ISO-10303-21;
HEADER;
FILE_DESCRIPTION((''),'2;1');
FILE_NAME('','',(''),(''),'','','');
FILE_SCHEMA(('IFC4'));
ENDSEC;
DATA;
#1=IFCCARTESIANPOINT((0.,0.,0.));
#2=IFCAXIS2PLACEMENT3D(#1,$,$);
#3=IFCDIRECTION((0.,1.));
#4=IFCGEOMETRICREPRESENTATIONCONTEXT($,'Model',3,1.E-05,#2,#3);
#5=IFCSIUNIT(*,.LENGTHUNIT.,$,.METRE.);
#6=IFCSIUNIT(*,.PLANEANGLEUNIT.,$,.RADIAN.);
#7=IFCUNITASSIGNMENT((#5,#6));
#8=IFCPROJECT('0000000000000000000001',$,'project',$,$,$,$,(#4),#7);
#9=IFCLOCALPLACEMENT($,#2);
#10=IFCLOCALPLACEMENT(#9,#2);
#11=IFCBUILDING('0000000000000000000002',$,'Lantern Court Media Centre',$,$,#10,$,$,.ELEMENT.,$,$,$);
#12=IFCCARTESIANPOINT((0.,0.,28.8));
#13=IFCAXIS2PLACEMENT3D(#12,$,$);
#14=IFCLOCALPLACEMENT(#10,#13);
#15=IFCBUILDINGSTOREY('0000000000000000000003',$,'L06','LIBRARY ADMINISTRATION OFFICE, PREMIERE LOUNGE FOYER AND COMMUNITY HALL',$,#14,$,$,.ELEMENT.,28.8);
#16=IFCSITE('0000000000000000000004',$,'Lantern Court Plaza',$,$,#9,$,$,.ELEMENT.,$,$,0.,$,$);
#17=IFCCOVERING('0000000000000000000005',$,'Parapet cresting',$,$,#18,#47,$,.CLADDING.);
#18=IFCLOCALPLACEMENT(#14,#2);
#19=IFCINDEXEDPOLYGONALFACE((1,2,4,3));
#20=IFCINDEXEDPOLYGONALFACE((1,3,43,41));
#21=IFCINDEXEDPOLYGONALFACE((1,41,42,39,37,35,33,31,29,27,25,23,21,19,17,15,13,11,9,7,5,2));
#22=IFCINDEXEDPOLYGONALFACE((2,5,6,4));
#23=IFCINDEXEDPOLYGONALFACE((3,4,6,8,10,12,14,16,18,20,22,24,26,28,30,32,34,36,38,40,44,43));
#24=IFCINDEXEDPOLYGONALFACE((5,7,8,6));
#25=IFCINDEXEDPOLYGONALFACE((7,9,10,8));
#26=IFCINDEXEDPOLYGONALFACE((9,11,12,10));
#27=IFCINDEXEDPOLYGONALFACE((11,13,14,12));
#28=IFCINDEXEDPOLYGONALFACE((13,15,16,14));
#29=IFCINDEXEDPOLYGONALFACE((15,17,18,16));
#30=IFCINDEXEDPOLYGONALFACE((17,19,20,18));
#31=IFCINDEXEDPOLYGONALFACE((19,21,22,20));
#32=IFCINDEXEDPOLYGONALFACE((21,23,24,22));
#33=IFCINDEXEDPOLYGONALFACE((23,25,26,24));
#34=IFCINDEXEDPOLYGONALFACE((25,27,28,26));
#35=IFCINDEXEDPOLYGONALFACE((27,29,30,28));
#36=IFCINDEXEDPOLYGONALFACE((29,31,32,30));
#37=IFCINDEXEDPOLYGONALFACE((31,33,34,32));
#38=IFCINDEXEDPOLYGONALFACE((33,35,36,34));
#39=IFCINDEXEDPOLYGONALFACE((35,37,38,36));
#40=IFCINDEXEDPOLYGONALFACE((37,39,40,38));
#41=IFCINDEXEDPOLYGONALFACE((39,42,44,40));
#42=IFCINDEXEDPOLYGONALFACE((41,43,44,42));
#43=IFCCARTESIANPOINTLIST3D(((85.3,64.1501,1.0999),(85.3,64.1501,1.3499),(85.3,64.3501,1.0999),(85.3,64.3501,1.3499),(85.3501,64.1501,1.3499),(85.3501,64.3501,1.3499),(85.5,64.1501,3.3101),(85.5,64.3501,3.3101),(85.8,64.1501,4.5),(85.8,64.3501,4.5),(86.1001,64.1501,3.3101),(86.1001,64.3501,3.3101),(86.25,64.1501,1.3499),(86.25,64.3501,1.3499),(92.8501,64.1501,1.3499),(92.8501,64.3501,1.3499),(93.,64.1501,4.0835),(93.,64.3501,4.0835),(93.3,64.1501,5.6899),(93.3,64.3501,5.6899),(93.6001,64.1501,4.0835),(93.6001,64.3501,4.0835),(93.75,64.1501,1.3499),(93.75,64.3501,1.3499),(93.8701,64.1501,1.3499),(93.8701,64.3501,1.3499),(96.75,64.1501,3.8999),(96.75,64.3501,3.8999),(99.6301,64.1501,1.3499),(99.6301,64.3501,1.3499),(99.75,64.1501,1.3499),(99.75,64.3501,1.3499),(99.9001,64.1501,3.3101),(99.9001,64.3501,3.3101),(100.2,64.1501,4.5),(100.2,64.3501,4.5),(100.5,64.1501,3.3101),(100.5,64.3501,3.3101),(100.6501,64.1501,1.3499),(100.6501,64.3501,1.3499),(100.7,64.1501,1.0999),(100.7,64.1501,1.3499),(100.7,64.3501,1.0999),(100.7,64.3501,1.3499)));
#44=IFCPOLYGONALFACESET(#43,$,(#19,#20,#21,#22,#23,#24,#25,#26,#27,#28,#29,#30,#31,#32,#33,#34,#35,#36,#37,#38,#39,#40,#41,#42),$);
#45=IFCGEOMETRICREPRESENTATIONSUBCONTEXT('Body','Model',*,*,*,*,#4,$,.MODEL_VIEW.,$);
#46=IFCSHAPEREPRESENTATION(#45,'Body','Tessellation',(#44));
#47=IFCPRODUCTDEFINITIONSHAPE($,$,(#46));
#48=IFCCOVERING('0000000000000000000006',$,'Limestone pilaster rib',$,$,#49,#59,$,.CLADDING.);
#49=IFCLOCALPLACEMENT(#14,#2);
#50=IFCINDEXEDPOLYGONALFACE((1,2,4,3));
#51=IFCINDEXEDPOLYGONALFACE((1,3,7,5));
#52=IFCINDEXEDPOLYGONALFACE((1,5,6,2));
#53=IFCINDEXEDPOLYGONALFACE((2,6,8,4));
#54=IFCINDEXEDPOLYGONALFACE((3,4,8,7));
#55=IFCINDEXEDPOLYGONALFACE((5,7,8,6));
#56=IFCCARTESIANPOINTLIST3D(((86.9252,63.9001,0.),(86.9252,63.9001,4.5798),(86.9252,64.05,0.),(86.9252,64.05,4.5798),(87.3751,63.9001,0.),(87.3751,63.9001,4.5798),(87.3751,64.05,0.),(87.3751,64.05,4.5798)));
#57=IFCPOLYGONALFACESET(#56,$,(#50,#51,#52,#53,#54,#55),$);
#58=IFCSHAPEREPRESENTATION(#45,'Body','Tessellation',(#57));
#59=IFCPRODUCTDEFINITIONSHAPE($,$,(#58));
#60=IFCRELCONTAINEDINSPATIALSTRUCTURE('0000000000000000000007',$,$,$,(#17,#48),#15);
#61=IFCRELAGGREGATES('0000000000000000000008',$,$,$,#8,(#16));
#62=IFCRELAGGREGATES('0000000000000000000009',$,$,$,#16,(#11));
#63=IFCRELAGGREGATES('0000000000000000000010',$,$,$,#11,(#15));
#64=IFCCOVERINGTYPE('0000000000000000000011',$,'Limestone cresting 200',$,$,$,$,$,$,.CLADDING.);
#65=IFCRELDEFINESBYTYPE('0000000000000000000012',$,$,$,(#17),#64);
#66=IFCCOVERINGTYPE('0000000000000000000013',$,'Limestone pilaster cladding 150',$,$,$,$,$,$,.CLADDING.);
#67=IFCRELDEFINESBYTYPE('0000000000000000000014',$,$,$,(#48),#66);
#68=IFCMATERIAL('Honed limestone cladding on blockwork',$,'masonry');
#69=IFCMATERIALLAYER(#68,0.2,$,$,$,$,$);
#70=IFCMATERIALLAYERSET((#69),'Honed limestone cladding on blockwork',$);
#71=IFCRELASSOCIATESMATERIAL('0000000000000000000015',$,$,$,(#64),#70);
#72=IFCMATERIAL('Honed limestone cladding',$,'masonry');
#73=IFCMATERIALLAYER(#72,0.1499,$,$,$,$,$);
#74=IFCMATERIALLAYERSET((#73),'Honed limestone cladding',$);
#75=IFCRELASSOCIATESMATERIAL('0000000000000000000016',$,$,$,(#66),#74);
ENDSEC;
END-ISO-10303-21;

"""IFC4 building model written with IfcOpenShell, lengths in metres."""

from ifc_helpers import new_model, si_unit, direction, frame, frame_2d, origin, place, context, subcontext, project, spatial, polyline, rectangle, outline, extrude, material, layer, layer_set, type_object, element, save


model = new_model("IFC4")

# Units and contexts
model_context = context("Model", 3, precision=1e-05, world=origin(), true_north=direction((0.0, 1.0)))
body_context = subcontext(model_context, "Body", "Model", "MODEL_VIEW")
ifc_project = project(units=[si_unit("LENGTHUNIT", "METRE"), si_unit("PLANEANGLEUNIT", "RADIAN")], contexts=[model_context])

# Site, building, storey
site_placement = place(None, origin())
site = spatial("IfcSite", under=ifc_project, at=site_placement, Name="Lantern Court Plaza", CompositionType="ELEMENT", RefElevation=0.0)
building_placement = place(site_placement, origin())
building = spatial("IfcBuilding", under=site, at=building_placement, Name="Lantern Court Media Centre", CompositionType="ELEMENT")
storey_placement = place(building_placement, frame((0.0, 0.0, 28.8)))
storey = spatial("IfcBuildingStorey", under=building, at=storey_placement, Name="L06", Description="LIBRARY ADMINISTRATION OFFICE, PREMIERE LOUNGE FOYER AND COMMUNITY HALL", CompositionType="ELEMENT", Elevation=28.8)

# Coverings
ifc_material_1 = material(Name="Honed limestone cladding on blockwork", Category="masonry")
ifc_layer_1 = layer(ifc_material_1, 0.2)
ifc_layer_set_1 = layer_set([ifc_layer_1], Name="Honed limestone cladding on blockwork")
covering_type_1 = type_object("IfcCoveringType", Name="Limestone cresting 200", PredefinedType="CLADDING", material=ifc_layer_set_1)
covering_1_placement = place(storey_placement, frame((85.3, 64.25, 1.0999), z_axis=(0.0, 0.0, 1.0), x_axis=(1.0, 0.0, 0.0)))
element("IfcCovering", 1, at=covering_1_placement, inside=storey, type_object=covering_type_1, Name="Parapet cresting", PredefinedType="CLADDING", context=body_context, shape_type="SweptSolid", body=[
    extrude(outline(polyline([(0.0, 0.0), (15.3999, 0.0), (15.3999, 0.25), (15.3501, 0.25), (15.2, 2.2102), (14.8999, 3.4001), (14.6001, 2.2102), (14.45, 0.25), (14.3301, 0.25), (11.45, 2.8), (8.5701, 0.25), (8.45, 0.25), (8.3, 2.9836), (8.0, 4.5901), (7.7, 2.9836), (7.55, 0.25), (0.95, 0.25), (0.8, 2.2102), (0.5, 3.4001), (0.2, 2.2102), (0.05, 0.25), (0.0, 0.25), (0.0, 0.0)])), frame((0.0, 0.1001, 0.0), z_axis=(0.0, -1.0, 0.0), x_axis=(1.0, 0.0, 0.0)), (0.0, 0.0, 1.0), 0.2),
])
ifc_material_2 = material(Name="Honed limestone cladding", Category="masonry")
ifc_layer_2 = layer(ifc_material_2, 0.1499)
ifc_layer_set_2 = layer_set([ifc_layer_2], Name="Honed limestone cladding")
covering_type_2 = type_object("IfcCoveringType", Name="Limestone pilaster cladding 150", PredefinedType="CLADDING", material=ifc_layer_set_2)
covering_2_placement = place(storey_placement, frame((86.925, 63.9751, 0.0), z_axis=(0.0, 0.0, 1.0), x_axis=(1.0, 0.0, 0.0)))
element("IfcCovering", 2, at=covering_2_placement, inside=storey, type_object=covering_type_2, Name="Limestone pilaster rib", PredefinedType="CLADDING", context=body_context, shape_type="SweptSolid", body=[
    extrude(rectangle(XDim=0.45, YDim=0.1499, at=frame_2d((0.2251, 0.0))), origin(), (0.0, 0.0, 1.0), 4.5798),
])

save(model, "model.ifc")
